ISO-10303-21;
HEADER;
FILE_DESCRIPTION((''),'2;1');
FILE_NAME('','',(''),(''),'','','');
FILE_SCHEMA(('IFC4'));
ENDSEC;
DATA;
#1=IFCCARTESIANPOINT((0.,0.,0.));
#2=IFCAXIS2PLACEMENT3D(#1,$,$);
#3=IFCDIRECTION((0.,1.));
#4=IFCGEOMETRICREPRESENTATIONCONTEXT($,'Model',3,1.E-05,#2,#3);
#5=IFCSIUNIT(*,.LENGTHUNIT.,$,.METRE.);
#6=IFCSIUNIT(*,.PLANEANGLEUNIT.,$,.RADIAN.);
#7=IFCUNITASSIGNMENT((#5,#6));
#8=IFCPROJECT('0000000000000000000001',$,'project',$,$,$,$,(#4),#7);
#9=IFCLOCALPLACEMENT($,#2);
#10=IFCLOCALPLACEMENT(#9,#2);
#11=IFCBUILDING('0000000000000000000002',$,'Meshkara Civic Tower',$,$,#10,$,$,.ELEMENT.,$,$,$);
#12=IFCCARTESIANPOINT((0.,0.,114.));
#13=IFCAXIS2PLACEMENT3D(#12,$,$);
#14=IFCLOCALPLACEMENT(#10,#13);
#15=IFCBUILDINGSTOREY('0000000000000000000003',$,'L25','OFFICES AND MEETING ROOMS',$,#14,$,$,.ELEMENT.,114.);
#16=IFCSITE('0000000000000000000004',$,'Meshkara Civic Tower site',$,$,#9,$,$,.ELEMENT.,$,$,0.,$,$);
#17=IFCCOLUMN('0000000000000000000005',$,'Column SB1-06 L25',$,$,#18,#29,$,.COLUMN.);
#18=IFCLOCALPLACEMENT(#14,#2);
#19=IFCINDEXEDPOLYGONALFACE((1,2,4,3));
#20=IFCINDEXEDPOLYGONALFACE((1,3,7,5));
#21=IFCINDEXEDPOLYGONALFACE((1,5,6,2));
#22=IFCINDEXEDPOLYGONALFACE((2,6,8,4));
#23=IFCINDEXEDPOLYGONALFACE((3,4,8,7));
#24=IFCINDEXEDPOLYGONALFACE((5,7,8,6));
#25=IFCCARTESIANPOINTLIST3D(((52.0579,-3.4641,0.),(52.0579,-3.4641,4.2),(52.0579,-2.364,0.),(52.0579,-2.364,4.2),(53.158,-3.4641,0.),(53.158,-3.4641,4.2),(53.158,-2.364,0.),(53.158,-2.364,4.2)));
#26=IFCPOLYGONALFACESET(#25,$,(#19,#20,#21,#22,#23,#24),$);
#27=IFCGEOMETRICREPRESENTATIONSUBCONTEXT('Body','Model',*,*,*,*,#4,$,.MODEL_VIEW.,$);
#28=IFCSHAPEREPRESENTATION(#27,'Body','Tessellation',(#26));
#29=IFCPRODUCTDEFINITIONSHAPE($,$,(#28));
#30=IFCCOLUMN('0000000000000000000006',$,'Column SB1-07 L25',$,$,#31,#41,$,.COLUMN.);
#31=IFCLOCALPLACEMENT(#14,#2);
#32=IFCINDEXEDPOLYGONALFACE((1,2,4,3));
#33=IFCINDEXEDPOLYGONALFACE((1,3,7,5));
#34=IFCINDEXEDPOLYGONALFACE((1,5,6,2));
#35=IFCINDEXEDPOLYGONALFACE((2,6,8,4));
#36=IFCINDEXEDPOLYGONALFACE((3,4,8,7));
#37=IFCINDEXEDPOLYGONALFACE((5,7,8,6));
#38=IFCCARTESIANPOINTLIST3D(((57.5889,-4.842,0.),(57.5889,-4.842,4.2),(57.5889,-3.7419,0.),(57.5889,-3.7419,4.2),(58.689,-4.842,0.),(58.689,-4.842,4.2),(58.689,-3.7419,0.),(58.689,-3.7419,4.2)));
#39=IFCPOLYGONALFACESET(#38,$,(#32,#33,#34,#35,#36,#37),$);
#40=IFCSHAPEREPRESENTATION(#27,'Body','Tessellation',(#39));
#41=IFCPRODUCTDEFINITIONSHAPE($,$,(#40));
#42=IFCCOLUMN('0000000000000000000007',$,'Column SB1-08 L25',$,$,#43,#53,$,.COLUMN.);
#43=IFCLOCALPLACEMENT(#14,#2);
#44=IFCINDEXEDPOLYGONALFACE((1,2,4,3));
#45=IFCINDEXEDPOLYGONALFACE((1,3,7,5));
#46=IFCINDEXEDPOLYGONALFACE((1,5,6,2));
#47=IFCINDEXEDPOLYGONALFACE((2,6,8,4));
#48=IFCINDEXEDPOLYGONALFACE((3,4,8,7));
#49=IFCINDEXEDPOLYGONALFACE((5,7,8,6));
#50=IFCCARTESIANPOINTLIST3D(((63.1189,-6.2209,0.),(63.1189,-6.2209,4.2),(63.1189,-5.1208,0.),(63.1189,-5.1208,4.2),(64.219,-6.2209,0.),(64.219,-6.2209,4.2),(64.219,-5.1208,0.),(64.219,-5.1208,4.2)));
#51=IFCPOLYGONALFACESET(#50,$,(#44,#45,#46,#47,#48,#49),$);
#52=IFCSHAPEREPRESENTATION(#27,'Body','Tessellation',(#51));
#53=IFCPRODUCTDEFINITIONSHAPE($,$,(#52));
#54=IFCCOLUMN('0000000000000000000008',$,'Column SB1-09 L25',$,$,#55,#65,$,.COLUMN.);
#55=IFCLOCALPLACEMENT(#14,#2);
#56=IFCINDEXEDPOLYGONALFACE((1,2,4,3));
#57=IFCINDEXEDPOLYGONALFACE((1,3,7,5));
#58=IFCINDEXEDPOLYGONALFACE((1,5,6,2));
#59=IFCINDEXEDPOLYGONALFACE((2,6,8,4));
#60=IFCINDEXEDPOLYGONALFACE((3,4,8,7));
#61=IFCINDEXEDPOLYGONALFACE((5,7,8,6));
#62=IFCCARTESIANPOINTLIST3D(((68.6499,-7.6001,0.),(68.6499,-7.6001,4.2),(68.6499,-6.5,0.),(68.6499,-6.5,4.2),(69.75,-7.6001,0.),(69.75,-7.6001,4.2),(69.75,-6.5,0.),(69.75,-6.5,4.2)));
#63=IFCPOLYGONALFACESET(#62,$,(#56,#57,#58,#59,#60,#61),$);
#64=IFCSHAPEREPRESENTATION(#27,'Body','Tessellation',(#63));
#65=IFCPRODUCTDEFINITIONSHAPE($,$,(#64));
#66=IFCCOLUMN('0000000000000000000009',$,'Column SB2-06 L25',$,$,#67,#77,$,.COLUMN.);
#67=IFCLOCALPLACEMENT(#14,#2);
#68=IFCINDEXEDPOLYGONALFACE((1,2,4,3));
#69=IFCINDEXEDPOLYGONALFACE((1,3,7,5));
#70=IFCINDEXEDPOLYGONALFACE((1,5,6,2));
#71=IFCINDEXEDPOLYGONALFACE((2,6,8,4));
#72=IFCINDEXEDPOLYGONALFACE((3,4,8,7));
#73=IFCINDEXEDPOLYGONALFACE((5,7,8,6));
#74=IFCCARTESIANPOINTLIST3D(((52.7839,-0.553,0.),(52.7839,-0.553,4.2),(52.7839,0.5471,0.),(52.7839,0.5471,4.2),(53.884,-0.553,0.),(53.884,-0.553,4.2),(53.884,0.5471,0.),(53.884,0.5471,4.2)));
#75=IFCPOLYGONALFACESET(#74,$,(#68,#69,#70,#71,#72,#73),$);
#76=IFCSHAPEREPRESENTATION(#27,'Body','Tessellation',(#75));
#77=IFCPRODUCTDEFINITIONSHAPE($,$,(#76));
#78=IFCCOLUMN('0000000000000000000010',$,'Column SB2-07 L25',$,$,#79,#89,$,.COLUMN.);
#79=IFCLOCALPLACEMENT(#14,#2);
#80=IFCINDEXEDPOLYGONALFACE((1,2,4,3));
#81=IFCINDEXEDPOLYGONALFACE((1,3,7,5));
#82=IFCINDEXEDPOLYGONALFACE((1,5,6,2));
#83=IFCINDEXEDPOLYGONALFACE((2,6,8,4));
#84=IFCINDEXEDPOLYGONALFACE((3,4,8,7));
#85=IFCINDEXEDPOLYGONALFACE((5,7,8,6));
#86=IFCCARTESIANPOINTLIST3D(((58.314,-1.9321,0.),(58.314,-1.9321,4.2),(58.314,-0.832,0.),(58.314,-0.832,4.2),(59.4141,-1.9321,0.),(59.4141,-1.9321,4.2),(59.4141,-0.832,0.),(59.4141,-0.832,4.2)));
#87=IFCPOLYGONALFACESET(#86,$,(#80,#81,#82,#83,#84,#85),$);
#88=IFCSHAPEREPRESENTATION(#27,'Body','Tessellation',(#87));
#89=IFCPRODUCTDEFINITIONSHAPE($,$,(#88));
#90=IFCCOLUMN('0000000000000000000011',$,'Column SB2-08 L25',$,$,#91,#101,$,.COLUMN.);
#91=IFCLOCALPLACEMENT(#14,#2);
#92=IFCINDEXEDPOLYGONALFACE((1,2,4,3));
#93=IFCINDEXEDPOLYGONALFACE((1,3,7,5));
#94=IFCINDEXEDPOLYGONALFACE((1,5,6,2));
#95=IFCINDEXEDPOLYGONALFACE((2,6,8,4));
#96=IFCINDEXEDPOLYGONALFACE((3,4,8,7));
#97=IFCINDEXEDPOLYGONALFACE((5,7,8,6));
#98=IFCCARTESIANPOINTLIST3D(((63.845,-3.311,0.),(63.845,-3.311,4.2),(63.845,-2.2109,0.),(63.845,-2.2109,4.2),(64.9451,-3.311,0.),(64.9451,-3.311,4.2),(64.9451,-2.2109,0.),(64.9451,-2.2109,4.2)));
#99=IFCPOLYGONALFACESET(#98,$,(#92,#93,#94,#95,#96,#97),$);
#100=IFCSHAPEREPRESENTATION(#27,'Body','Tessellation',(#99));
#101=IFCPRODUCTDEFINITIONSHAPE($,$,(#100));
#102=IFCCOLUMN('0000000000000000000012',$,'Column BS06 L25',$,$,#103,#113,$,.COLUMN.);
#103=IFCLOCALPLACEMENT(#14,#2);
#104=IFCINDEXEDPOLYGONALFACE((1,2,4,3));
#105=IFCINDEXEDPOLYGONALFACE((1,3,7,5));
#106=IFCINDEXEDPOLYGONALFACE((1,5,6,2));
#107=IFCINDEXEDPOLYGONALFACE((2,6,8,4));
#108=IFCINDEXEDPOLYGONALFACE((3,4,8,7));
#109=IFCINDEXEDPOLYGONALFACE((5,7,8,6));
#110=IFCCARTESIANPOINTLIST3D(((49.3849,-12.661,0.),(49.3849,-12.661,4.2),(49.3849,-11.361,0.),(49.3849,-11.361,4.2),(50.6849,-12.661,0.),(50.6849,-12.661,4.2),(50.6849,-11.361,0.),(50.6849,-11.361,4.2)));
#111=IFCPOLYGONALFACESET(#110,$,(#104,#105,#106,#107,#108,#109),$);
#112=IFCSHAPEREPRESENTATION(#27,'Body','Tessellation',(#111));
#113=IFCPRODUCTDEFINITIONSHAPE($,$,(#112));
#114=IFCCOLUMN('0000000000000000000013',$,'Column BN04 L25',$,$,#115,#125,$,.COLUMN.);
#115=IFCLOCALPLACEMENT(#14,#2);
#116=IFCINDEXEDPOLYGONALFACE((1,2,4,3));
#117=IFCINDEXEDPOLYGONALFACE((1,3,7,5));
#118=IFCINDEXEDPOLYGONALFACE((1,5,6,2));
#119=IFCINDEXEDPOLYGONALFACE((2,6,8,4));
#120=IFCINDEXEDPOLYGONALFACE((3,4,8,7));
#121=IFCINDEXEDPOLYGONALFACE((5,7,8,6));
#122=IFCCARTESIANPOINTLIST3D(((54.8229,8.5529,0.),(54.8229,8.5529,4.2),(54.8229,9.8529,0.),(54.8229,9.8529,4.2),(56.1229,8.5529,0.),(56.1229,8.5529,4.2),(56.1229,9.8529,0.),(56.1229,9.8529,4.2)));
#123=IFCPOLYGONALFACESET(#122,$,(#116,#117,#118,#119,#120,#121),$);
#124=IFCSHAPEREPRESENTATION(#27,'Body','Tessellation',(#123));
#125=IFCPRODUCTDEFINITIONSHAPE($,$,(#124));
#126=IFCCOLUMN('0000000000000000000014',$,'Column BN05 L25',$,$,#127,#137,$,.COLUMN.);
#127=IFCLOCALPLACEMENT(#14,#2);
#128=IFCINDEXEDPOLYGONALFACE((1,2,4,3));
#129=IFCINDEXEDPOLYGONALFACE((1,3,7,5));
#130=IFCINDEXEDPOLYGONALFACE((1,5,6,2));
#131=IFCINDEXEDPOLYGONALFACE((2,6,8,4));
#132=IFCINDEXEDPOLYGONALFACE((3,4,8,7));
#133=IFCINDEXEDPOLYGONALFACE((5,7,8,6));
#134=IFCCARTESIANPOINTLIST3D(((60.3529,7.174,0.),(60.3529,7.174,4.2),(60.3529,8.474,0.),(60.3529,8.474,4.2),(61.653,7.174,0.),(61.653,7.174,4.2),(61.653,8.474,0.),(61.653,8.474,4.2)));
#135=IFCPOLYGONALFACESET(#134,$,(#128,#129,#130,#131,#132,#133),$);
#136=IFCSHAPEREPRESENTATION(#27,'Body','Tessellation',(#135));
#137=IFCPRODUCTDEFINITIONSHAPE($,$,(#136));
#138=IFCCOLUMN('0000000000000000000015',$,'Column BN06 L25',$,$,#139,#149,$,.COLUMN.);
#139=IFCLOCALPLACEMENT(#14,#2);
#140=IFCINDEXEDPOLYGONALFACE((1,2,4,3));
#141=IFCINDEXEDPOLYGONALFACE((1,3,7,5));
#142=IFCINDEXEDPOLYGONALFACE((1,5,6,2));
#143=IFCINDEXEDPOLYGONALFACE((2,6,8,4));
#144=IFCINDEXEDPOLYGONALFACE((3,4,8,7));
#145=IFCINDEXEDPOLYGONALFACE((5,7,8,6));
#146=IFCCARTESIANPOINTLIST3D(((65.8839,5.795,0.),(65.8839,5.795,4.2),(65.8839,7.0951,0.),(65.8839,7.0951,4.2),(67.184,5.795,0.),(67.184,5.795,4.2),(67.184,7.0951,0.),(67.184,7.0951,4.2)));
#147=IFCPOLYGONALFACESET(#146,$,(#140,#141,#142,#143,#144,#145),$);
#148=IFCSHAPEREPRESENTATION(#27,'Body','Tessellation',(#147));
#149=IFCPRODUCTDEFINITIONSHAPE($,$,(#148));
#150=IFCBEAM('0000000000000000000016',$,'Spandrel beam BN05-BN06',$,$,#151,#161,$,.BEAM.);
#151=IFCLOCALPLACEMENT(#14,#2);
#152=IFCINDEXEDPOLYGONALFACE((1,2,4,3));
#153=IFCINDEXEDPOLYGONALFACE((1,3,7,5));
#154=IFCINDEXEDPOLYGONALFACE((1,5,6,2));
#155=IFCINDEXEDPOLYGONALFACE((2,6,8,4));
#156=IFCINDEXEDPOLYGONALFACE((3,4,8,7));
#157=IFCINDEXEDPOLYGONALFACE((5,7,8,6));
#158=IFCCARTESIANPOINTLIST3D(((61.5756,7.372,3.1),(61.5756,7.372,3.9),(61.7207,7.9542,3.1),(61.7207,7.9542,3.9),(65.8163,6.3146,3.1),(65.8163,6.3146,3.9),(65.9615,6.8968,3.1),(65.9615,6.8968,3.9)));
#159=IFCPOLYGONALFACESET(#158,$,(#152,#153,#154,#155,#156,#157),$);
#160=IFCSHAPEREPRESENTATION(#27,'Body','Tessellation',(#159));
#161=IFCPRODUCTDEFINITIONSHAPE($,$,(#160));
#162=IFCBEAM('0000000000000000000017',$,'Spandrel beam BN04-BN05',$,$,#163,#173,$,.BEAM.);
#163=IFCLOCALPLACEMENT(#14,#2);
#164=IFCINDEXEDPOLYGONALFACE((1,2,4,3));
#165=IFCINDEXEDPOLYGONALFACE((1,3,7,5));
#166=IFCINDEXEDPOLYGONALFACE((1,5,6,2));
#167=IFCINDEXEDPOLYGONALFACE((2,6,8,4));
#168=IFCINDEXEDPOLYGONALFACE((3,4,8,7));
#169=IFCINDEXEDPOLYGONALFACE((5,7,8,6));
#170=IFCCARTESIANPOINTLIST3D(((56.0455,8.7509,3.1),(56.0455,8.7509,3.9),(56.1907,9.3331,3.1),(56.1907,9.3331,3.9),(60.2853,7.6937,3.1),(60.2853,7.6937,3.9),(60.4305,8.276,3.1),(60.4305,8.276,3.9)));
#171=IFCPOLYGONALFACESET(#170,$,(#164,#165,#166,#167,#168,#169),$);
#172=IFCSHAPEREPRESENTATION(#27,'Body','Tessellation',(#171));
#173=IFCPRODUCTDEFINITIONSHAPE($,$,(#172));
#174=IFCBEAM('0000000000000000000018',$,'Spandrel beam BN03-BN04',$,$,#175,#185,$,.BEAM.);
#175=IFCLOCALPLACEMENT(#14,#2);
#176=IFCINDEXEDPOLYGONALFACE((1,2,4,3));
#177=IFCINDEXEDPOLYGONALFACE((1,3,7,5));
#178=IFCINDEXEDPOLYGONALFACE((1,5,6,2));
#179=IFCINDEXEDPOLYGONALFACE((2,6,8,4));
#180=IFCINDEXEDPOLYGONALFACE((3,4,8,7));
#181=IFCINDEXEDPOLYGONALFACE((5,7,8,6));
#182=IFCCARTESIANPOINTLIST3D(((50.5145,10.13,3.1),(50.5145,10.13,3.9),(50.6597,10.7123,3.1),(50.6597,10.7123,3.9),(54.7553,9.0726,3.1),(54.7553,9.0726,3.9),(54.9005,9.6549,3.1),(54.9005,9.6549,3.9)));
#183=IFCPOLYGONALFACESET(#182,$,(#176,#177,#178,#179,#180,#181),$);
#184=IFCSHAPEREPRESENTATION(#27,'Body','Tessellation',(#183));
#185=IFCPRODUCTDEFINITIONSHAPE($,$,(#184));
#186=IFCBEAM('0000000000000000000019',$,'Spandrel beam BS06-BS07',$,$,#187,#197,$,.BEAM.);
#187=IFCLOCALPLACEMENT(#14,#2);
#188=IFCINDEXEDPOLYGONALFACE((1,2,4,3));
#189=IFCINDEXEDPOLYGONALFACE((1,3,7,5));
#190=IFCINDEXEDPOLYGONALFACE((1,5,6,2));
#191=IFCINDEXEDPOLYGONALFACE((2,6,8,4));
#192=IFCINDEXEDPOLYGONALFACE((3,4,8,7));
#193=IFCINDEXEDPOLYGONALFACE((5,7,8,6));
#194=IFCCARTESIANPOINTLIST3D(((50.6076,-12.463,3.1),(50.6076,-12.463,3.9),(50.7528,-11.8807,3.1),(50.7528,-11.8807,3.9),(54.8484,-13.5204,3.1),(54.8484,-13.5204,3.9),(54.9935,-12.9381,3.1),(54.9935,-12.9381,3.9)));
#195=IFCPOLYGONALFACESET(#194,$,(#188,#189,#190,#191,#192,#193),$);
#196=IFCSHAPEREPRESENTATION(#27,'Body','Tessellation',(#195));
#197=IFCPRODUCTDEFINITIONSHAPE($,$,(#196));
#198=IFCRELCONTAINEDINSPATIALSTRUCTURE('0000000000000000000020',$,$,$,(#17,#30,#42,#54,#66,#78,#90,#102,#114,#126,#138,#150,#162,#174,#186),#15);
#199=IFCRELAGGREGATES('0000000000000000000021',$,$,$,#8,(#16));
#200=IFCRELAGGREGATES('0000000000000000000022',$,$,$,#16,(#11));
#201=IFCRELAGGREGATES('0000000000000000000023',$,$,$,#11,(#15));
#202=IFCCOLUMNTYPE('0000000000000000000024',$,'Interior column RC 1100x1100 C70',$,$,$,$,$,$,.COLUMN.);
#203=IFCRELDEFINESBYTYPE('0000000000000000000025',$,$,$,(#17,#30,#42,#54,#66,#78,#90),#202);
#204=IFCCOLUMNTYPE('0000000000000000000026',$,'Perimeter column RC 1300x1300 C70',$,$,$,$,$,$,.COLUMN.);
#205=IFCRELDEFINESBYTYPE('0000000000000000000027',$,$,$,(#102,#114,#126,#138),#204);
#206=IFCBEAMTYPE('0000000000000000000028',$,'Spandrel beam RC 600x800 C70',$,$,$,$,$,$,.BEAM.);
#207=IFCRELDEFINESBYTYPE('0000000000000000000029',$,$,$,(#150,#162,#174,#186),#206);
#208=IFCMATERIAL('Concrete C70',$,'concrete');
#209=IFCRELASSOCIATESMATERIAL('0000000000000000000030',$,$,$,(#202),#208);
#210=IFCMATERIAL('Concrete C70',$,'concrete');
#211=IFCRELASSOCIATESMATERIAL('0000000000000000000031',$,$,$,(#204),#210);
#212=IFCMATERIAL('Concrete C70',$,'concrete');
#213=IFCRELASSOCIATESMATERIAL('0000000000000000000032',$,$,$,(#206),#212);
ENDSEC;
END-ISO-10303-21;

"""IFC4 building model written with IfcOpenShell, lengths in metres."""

from ifc_helpers import new_model, si_unit, direction, frame, origin, origin_2d, place, context, subcontext, project, spatial, rectangle, extrude, material, material_profile, profile_set, type_object, element, save


model = new_model("IFC4")

# Units and contexts
model_context = context("Model", 3, precision=1e-05, world=origin(), true_north=direction((0.0, 1.0)))
body_context = subcontext(model_context, "Body", "Model", "MODEL_VIEW")
ifc_project = project(units=[si_unit("LENGTHUNIT", "METRE"), si_unit("PLANEANGLEUNIT", "RADIAN")], contexts=[model_context])

# Site, building, storey
site_placement = place(None, origin())
site = spatial("IfcSite", under=ifc_project, at=site_placement, Name="Meshkara Civic Tower site", CompositionType="ELEMENT", RefElevation=0.0)
building_placement = place(site_placement, origin())
building = spatial("IfcBuilding", under=site, at=building_placement, Name="Meshkara Civic Tower", CompositionType="ELEMENT")
storey_placement = place(building_placement, frame((0.0, 0.0, 114.0)))
storey = spatial("IfcBuildingStorey", under=building, at=storey_placement, Name="L25", Description="OFFICES AND MEETING ROOMS", CompositionType="ELEMENT", Elevation=114.0)

# Columns
ifc_material_1 = material(Name="Concrete C70", Category="concrete")
ifc_material_profile_1 = material_profile(ifc_material_1, rectangle(XDim=1.1001, YDim=1.1001, at=origin_2d()))
ifc_profile_set_1 = profile_set([ifc_material_profile_1], Name="Concrete C70")
column_type_1 = type_object("IfcColumnType", Name="Interior column RC 1100x1100 C70", PredefinedType="COLUMN", material=ifc_profile_set_1)
for number, where, z_axis, x_axis, name in (
    (1, (52.6079, -2.9141, 0.0), (0.0, 0.0, 1.0), (1.0, 0.0, 0.0), "Column SB1-06 L25"),
    (2, (58.1389, -4.292, 0.0), (0.0, 0.0, 1.0), (1.0, 0.0, 0.0), "Column SB1-07 L25"),
    (3, (63.6689, -5.6709, 0.0), (0.0, 0.0, 1.0), (1.0, 0.0, 0.0), "Column SB1-08 L25"),
    (4, (69.2, -7.05, 0.0), (0.0, 0.0, 1.0), (1.0, 0.0, 0.0), "Column SB1-09 L25"),
    (5, (53.334, -0.0029, 0.0), (0.0, 0.0, 1.0), (1.0, 0.0, 0.0), "Column SB2-06 L25"),
    (6, (58.864, -1.3821, 0.0), (0.0, 0.0, 1.0), (1.0, 0.0, 0.0), "Column SB2-07 L25"),
    (7, (64.395, -2.761, 0.0), (0.0, 0.0, 1.0), (1.0, 0.0, 0.0), "Column SB2-08 L25"),
):
    element("IfcColumn", number, at=place(storey_placement, frame(where, z_axis=z_axis, x_axis=x_axis)), inside=storey, type_object=column_type_1, Name=name, PredefinedType="COLUMN", context=body_context, shape_type="SweptSolid", body=[
        extrude(rectangle(XDim=1.1001, YDim=1.1001, at=origin_2d()), origin(), (0.0, 0.0, 1.0), 4.2),
    ])
ifc_material_2 = material(Name="Concrete C70", Category="concrete")
ifc_material_profile_2 = material_profile(ifc_material_2, rectangle(XDim=1.3, YDim=1.3, at=origin_2d()))
ifc_profile_set_2 = profile_set([ifc_material_profile_2], Name="Concrete C70")
column_type_2 = type_object("IfcColumnType", Name="Perimeter column RC 1300x1300 C70", PredefinedType="COLUMN", material=ifc_profile_set_2)
for number, where, z_axis, x_axis, name in (
    (8, (50.0349, -12.011, 0.0), (0.0, 0.0, 1.0), (1.0, 0.0, 0.0), "Column BS06 L25"),
    (9, (55.4729, 9.2029, 0.0), (0.0, 0.0, 1.0), (1.0, 0.0, 0.0), "Column BN04 L25"),
    (10, (61.0029, 7.824, 0.0), (0.0, 0.0, 1.0), (1.0, 0.0, 0.0), "Column BN05 L25"),
    (11, (66.5339, 6.4451, 0.0), (0.0, 0.0, 1.0), (1.0, 0.0, 0.0), "Column BN06 L25"),
):
    element("IfcColumn", number, at=place(storey_placement, frame(where, z_axis=z_axis, x_axis=x_axis)), inside=storey, type_object=column_type_2, Name=name, PredefinedType="COLUMN", context=body_context, shape_type="SweptSolid", body=[
        extrude(rectangle(XDim=1.3, YDim=1.3, at=origin_2d()), origin(), (0.0, 0.0, 1.0), 4.2),
    ])

# Beams
ifc_material_3 = material(Name="Concrete C70", Category="concrete")
ifc_material_profile_3 = material_profile(ifc_material_3, rectangle(XDim=0.6001, YDim=0.8, at=origin_2d()))
ifc_profile_set_3 = profile_set([ifc_material_profile_3], Name="Concrete C70")
beam_type = type_object("IfcBeamType", Name="Spandrel beam RC 600x800 C70", PredefinedType="BEAM", material=ifc_profile_set_3)
beam_1_placement = place(storey_placement, frame((65.8889, 6.6057, 3.5), z_axis=(-0.970293, 0.241931, 0.0), x_axis=(-0.241931, -0.970293, 0.0)))
element("IfcBeam", 12, at=beam_1_placement, inside=storey, type_object=beam_type, Name="Spandrel beam BN05-BN06", PredefinedType="BEAM", context=body_context, shape_type="SweptSolid", body=[
    extrude(rectangle(XDim=0.6001, YDim=0.8, at=origin_2d()), origin(), (0.0, 0.0, 1.0), 4.3706),
])
beam_2_placement = place(storey_placement, frame((60.3579, 7.9849, 3.5), z_axis=(-0.970293, 0.241931, 0.0), x_axis=(-0.241931, -0.970293, 0.0)))
element("IfcBeam", 13, at=beam_2_placement, inside=storey, type_object=beam_type, Name="Spandrel beam BN04-BN05", PredefinedType="BEAM", context=body_context, shape_type="SweptSolid", body=[
    extrude(rectangle(XDim=0.6001, YDim=0.8, at=origin_2d()), origin(), (0.0, 0.0, 1.0), 4.3696),
])
for number, where, z_axis, x_axis, name in (
    (14, (54.8279, 9.3638, 3.5), (-0.970293, 0.241931, 0.0), (-0.241931, -0.970293, 0.0), "Spandrel beam BN03-BN04"),
    (15, (50.6802, -12.1719, 3.5), (0.970293, -0.241931, 0.0), (0.241931, 0.970293, 0.0), "Spandrel beam BS06-BS07"),
):
    element("IfcBeam", number, at=place(storey_placement, frame(where, z_axis=z_axis, x_axis=x_axis)), inside=storey, type_object=beam_type, Name=name, PredefinedType="BEAM", context=body_context, shape_type="SweptSolid", body=[
        extrude(rectangle(XDim=0.6001, YDim=0.8, at=origin_2d()), origin(), (0.0, 0.0, 1.0), 4.3706),
    ])

save(model, "model.ifc")
